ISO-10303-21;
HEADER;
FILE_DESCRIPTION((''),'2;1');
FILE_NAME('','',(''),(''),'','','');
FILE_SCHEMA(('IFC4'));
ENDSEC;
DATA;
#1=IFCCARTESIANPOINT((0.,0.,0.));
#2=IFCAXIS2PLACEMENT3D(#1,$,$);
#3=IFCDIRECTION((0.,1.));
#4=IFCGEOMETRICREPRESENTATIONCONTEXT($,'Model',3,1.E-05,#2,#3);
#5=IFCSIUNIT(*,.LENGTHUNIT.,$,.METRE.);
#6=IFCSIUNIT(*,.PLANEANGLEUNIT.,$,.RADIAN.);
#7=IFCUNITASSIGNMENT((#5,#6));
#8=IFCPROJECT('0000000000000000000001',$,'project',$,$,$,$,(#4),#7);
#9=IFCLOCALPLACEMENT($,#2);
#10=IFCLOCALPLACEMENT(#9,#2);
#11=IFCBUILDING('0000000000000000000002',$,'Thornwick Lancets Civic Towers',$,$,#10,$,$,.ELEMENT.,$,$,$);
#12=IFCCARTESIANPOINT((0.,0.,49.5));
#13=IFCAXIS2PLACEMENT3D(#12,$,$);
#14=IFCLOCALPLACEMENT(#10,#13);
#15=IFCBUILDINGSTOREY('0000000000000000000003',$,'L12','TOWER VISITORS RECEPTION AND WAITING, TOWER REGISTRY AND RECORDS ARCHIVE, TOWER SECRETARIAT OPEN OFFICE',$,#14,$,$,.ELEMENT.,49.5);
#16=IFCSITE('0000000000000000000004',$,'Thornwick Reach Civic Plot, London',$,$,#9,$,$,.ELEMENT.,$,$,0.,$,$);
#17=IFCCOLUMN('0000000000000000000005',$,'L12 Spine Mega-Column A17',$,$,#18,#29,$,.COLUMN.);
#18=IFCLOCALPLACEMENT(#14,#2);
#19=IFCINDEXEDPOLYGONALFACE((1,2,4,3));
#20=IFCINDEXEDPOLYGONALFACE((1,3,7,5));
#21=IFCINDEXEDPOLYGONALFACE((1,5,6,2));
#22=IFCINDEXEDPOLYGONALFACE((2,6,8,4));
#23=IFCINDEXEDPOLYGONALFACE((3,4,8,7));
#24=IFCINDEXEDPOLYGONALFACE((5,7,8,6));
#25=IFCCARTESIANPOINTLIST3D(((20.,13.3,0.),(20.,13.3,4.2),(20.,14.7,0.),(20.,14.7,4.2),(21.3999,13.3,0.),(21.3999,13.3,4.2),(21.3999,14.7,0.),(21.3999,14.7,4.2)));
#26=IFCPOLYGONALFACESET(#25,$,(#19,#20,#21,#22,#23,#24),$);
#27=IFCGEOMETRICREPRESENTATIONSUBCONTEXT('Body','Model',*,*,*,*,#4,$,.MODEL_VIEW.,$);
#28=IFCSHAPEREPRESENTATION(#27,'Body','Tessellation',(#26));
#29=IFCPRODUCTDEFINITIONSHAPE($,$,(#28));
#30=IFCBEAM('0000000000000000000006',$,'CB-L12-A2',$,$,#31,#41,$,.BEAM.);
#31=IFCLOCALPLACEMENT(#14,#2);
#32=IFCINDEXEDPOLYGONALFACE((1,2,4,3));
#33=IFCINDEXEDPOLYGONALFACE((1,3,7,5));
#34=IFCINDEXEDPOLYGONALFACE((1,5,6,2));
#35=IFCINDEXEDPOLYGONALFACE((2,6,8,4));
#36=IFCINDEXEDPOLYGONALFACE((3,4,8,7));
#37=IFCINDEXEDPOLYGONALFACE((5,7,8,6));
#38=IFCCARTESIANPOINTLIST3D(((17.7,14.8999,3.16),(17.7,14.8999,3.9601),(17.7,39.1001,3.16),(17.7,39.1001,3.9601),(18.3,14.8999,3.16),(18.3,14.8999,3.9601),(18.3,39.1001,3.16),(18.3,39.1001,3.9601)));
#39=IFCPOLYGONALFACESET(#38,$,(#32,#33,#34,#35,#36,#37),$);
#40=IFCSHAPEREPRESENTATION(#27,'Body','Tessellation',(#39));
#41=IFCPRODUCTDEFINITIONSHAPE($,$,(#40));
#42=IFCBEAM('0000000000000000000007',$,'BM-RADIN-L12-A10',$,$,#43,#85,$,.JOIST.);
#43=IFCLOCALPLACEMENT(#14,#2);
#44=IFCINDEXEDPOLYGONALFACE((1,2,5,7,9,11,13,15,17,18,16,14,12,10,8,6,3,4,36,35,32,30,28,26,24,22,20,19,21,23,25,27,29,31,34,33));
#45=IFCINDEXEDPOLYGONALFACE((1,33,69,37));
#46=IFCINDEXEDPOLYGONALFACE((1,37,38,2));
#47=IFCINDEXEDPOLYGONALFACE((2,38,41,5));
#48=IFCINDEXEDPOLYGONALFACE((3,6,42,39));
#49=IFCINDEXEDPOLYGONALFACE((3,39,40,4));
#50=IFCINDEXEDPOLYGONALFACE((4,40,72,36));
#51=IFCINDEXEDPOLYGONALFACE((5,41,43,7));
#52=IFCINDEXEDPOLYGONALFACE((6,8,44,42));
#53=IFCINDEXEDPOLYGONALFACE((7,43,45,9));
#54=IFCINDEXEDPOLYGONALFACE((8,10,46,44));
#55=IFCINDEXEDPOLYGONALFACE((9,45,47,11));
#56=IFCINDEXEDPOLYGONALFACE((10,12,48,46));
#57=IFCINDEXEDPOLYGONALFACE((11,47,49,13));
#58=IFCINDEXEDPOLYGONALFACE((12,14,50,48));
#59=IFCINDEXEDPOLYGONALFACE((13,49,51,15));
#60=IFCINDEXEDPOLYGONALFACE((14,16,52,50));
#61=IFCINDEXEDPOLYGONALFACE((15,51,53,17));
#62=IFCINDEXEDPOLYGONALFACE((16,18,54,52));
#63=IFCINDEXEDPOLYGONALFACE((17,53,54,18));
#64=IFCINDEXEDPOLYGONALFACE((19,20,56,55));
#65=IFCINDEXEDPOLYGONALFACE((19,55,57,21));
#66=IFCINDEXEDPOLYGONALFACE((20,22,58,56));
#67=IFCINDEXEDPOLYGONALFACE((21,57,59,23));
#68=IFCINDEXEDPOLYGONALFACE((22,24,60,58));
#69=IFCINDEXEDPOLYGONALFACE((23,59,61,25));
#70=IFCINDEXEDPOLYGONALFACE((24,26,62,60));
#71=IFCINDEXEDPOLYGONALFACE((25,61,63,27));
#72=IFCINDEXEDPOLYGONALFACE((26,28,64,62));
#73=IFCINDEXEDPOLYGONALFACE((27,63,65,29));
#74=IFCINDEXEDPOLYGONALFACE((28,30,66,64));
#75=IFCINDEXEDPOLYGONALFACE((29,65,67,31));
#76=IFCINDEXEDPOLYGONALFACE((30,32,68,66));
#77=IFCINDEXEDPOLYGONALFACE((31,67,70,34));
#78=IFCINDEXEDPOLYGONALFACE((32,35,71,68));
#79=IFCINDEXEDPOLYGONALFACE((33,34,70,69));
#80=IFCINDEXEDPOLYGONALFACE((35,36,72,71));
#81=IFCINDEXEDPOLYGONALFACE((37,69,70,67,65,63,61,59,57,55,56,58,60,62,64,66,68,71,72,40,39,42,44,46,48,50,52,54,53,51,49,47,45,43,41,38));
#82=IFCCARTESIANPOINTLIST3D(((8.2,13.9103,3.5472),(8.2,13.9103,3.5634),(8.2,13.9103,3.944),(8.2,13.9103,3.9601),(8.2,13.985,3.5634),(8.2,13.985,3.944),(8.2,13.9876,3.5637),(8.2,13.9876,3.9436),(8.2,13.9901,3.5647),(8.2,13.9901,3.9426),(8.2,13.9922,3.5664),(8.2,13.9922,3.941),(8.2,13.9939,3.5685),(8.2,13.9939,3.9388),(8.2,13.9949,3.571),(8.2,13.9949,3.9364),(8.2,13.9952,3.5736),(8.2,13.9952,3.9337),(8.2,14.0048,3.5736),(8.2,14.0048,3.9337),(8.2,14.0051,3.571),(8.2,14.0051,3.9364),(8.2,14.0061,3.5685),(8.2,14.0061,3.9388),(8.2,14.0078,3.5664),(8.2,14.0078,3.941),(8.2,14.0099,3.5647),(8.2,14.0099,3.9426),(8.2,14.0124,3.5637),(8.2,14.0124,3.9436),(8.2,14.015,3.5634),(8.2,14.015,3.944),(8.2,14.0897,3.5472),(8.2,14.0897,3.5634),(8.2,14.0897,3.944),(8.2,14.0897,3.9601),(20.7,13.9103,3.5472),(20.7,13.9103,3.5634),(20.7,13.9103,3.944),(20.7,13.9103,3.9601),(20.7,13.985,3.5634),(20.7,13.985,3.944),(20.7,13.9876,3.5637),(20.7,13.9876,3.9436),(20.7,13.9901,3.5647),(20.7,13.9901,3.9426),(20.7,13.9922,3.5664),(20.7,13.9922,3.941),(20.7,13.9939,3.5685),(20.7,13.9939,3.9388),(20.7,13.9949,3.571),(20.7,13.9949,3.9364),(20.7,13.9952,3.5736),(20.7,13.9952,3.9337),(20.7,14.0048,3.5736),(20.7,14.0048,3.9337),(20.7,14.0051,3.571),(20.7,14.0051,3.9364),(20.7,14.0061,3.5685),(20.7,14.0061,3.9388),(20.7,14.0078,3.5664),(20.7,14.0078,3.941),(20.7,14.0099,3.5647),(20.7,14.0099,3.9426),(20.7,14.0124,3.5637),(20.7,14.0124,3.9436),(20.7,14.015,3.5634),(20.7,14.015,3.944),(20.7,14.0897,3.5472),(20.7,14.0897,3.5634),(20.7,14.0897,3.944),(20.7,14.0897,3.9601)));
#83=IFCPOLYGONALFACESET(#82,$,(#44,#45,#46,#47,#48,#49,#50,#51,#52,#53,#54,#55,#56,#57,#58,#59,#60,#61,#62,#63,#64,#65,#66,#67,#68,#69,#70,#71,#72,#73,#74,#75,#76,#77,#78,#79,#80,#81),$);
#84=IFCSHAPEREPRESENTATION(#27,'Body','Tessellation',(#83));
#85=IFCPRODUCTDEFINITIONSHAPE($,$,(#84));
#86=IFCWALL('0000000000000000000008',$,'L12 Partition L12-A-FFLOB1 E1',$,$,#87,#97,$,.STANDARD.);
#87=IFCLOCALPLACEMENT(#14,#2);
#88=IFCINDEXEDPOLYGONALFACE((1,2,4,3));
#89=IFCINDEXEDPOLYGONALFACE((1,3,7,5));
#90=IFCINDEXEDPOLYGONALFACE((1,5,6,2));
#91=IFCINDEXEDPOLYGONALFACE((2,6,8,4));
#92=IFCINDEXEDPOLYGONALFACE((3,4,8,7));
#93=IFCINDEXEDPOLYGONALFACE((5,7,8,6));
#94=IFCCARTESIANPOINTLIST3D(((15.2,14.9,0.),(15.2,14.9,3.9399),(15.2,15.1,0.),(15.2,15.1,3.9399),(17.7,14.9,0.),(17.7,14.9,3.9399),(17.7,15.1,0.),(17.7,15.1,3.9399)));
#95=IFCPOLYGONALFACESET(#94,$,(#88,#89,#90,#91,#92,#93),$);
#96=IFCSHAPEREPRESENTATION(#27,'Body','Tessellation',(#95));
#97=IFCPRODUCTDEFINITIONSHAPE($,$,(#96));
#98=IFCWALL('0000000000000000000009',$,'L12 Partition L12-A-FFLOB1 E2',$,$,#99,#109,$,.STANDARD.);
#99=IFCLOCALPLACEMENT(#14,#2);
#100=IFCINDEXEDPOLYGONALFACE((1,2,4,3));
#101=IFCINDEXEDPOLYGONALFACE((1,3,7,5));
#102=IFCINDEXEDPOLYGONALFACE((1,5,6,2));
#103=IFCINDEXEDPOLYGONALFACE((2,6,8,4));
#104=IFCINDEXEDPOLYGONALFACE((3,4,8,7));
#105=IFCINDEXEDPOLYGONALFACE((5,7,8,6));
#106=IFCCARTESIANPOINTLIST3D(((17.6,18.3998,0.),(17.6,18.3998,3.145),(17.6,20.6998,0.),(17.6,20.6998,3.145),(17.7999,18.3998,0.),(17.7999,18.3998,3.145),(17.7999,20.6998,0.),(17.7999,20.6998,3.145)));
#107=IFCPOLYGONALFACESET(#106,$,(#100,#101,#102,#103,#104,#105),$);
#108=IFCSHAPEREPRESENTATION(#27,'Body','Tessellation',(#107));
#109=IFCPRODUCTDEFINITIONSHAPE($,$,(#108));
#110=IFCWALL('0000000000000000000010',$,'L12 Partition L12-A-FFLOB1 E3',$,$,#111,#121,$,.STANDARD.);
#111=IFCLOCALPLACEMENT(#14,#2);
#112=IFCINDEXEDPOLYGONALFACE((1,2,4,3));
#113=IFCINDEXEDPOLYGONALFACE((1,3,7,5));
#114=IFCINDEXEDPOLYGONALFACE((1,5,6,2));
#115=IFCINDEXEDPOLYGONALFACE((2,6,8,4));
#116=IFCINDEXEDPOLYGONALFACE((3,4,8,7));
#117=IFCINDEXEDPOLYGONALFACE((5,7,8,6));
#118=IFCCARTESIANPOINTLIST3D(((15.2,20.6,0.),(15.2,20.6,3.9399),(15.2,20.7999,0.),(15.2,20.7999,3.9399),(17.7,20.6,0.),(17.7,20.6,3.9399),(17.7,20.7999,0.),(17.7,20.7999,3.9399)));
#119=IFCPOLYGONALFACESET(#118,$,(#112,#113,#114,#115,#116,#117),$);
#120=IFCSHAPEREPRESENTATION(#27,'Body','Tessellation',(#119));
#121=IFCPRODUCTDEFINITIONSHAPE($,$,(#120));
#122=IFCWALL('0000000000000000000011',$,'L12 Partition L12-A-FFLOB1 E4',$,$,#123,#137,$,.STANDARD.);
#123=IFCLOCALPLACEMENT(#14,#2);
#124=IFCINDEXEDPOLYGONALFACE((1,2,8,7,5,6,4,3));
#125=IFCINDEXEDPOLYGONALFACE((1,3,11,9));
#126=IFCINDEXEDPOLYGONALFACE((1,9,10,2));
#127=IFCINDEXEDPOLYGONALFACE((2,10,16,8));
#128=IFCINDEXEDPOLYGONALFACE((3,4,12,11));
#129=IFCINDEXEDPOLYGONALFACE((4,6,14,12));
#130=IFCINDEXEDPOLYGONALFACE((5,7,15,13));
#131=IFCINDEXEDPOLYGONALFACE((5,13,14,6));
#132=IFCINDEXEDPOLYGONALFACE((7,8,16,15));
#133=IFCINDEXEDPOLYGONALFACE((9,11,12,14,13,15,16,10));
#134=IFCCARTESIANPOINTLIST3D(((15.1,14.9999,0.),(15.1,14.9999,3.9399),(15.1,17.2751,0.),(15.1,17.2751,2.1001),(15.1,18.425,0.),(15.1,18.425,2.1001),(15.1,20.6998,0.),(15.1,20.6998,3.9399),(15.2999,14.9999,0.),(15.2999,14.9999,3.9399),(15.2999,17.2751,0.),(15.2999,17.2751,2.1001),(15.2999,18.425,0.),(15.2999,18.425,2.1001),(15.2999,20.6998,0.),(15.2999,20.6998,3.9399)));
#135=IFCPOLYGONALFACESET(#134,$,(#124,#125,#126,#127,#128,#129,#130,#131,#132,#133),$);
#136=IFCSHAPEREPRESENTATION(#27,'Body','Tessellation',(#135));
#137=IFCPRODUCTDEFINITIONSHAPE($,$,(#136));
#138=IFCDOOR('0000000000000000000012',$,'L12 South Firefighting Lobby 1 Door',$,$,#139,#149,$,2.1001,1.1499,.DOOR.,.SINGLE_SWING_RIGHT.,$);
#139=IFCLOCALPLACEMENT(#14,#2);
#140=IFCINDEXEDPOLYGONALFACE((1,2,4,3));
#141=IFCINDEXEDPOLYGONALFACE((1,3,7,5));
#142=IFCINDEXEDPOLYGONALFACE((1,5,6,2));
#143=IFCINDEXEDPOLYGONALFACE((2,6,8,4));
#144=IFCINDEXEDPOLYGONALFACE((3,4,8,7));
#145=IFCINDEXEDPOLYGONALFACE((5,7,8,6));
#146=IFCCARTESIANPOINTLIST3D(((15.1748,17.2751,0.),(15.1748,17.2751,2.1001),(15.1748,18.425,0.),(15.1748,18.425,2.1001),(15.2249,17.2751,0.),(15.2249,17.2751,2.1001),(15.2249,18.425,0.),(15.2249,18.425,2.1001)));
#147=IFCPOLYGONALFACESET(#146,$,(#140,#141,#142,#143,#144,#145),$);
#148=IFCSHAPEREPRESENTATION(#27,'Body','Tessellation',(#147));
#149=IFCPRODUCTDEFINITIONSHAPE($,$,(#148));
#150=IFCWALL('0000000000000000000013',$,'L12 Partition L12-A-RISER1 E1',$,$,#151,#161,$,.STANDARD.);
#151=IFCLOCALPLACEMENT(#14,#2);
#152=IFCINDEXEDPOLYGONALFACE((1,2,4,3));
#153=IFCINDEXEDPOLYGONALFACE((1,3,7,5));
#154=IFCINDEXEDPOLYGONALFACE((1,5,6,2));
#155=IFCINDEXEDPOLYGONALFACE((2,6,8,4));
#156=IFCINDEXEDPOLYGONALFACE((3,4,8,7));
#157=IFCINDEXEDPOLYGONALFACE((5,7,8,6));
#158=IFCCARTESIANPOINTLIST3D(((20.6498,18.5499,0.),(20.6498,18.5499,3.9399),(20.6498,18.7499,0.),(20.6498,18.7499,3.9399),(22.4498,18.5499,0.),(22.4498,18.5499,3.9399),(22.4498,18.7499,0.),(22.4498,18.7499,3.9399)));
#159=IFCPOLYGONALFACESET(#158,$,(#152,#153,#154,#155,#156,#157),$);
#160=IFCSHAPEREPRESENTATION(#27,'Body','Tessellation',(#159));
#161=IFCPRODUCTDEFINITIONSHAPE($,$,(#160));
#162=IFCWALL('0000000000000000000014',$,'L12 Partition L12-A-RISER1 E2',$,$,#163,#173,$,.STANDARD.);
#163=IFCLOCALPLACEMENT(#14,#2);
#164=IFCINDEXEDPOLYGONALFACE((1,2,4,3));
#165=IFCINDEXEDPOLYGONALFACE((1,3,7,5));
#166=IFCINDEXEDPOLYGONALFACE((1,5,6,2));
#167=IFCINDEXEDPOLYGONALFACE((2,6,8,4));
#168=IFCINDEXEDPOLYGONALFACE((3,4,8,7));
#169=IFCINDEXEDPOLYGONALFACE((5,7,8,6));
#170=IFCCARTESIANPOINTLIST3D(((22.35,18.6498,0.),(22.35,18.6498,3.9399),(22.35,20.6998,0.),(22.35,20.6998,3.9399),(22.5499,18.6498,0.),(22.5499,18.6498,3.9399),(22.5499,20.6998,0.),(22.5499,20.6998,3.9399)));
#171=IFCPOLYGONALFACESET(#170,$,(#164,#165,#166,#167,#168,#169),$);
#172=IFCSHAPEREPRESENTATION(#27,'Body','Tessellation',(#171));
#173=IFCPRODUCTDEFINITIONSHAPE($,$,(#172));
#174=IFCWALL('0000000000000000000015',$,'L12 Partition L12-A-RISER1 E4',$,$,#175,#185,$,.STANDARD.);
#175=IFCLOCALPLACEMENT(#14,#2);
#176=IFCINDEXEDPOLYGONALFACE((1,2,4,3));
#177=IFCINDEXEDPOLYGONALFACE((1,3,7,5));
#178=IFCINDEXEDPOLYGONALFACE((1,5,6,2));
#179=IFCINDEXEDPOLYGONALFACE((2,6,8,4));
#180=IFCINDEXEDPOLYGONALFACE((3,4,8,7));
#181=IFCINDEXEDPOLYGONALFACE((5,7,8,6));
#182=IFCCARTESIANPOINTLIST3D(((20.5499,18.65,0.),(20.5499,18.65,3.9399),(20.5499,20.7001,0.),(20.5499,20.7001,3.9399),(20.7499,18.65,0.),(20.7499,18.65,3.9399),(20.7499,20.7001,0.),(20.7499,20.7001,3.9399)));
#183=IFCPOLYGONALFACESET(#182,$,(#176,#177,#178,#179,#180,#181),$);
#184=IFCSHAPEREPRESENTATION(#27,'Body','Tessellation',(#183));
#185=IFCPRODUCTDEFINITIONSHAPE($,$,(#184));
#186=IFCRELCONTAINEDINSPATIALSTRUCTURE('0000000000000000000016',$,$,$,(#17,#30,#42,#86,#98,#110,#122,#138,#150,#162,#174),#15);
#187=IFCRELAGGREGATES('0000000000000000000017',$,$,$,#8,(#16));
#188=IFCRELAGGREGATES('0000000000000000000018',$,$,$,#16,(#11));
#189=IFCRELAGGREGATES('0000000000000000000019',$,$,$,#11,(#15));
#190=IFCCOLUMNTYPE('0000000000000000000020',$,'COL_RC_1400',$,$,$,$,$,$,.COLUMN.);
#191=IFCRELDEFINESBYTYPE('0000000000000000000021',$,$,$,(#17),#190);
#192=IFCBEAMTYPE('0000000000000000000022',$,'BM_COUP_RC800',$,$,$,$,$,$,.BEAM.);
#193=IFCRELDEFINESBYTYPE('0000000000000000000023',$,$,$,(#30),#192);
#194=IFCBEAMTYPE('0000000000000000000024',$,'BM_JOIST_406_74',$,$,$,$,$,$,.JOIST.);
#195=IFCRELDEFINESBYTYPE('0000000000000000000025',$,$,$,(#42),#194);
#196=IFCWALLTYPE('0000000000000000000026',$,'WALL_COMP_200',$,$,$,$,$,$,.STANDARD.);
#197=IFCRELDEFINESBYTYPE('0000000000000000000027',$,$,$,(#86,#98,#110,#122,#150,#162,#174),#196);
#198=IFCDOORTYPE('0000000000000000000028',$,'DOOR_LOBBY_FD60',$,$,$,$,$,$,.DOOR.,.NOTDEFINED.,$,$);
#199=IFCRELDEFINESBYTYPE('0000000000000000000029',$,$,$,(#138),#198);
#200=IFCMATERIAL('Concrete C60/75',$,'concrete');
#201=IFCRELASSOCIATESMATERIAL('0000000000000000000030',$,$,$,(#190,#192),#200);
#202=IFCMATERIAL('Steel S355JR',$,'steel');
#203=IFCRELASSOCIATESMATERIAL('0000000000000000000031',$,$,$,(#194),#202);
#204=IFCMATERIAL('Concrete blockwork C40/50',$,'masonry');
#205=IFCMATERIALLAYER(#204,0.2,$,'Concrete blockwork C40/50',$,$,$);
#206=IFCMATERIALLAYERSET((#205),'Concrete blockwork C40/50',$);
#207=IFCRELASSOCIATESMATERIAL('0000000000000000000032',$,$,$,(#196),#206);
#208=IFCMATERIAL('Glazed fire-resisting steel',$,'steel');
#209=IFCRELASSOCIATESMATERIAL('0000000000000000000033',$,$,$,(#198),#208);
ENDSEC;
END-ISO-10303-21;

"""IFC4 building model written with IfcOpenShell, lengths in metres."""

from ifc_helpers import new_model, si_unit, direction, frame, frame_2d, origin, origin_2d, place, context, subcontext, project, spatial, rectangle, i_section, extrude, material, layer, layer_set, material_profile, profile_set, type_object, element, fill, save


model = new_model("IFC4")

# Units and contexts
model_context = context("Model", 3, precision=1e-05, world=origin(), true_north=direction((0.0, 1.0)))
body_context = subcontext(model_context, "Body", "Model", "MODEL_VIEW")
ifc_project = project(units=[si_unit("LENGTHUNIT", "METRE"), si_unit("PLANEANGLEUNIT", "RADIAN")], contexts=[model_context])

# Site, building, storey
site_placement = place(None, origin())
site = spatial("IfcSite", under=ifc_project, at=site_placement, Name="Thornwick Reach Civic Plot, London", CompositionType="ELEMENT", RefElevation=0.0)
building_placement = place(site_placement, origin())
building = spatial("IfcBuilding", under=site, at=building_placement, Name="Thornwick Lancets Civic Towers", CompositionType="ELEMENT")
storey_placement = place(building_placement, frame((0.0, 0.0, 49.5)))
storey = spatial("IfcBuildingStorey", under=building, at=storey_placement, Name="L12", Description="TOWER VISITORS RECEPTION AND WAITING, TOWER REGISTRY AND RECORDS ARCHIVE, TOWER SECRETARIAT OPEN OFFICE", CompositionType="ELEMENT", Elevation=49.5)

# Column
ifc_material_1 = material(Name="Concrete C60/75", Category="concrete")
ifc_material_profile_1 = material_profile(ifc_material_1, rectangle(XDim=1.3999, YDim=1.3999, at=origin_2d()), Name="RC 1400x1400")
ifc_profile_set_1 = profile_set([ifc_material_profile_1], Name="Concrete C60/75")
column_type = type_object("IfcColumnType", Name="COL_RC_1400", PredefinedType="COLUMN", material=ifc_profile_set_1)
column_placement = place(storey_placement, frame((20.7, 14.0, 0.0), z_axis=(0.0, 0.0, 1.0), x_axis=(1.0, 0.0, 0.0)))
element("IfcColumn", 1, at=column_placement, inside=storey, type_object=column_type, Name="L12 Spine Mega-Column A17", PredefinedType="COLUMN", context=body_context, shape_type="SweptSolid", body=[
    extrude(rectangle(XDim=1.3999, YDim=1.3999, at=origin_2d()), origin(), (0.0, 0.0, 1.0), 4.2),
])

# Beams
ifc_material_profile_2 = material_profile(ifc_material_1, rectangle(XDim=0.6001, YDim=0.8, at=origin_2d()), Name="RC 600x800")
ifc_profile_set_2 = profile_set([ifc_material_profile_2], Name="Concrete C60/75")
beam_type_1 = type_object("IfcBeamType", Name="BM_COUP_RC800", PredefinedType="BEAM", material=ifc_profile_set_2)
beam_1_placement = place(storey_placement, frame((18.0, 14.8999, 3.5601), z_axis=(0.0, 1.0, 0.0), x_axis=(-1.0, 0.0, 0.0)))
element("IfcBeam", 2, at=beam_1_placement, inside=storey, type_object=beam_type_1, Name="CB-L12-A2", PredefinedType="BEAM", context=body_context, shape_type="SweptSolid", body=[
    extrude(rectangle(XDim=0.6001, YDim=0.8, at=origin_2d()), origin(), (0.0, 0.0, 1.0), 24.2002),
])
ifc_material_2 = material(Name="Steel S355JR", Category="steel")
ifc_material_profile_3 = material_profile(ifc_material_2, i_section(OverallWidth=0.1794, OverallDepth=0.4128, WebThickness=0.0095, FlangeThickness=0.0161, FilletRadius=0.0103, at=origin_2d()), Name="UKB 406x178x74")
ifc_profile_set_3 = profile_set([ifc_material_profile_3], Name="Steel S355JR")
beam_type_2 = type_object("IfcBeamType", Name="BM_JOIST_406_74", PredefinedType="JOIST", material=ifc_profile_set_3)
beam_2_placement = place(storey_placement, frame((20.7, 14.0, 3.7537), z_axis=(-1.0, 0.0, 0.0), x_axis=(0.0, -1.0, 0.0)))
element("IfcBeam", 3, at=beam_2_placement, inside=storey, type_object=beam_type_2, Name="BM-RADIN-L12-A10", PredefinedType="JOIST", context=body_context, shape_type="SweptSolid", body=[
    extrude(i_section(OverallWidth=0.1794, OverallDepth=0.4128, WebThickness=0.0095, FlangeThickness=0.0161, FilletRadius=0.0103, at=origin_2d()), origin(), (0.0, 0.0, 1.0), 12.5),
])

# Walls
ifc_material_3 = material(Name="Concrete blockwork C40/50", Category="masonry")
ifc_layer_1 = layer(ifc_material_3, 0.2, Name="Concrete blockwork C40/50")
ifc_layer_set_1 = layer_set([ifc_layer_1], Name="Concrete blockwork C40/50")
wall_type_1 = type_object("IfcWallType", Name="WALL_COMP_200", PredefinedType="STANDARD", material=ifc_layer_set_1)
wall_1_placement = place(storey_placement, frame((15.2, 15.0, 0.0), z_axis=(0.0, 0.0, 1.0), x_axis=(1.0, 0.0, 0.0)))
element("IfcWall", 4, at=wall_1_placement, inside=storey, type_object=wall_type_1, Name="L12 Partition L12-A-FFLOB1 E1", PredefinedType="STANDARD", context=body_context, shape_type="SweptSolid", body=[
    extrude(rectangle(XDim=2.5, YDim=0.2, at=frame_2d((1.25, 0.0))), origin(), (0.0, 0.0, 1.0), 3.9399),
])
wall_2_placement = place(storey_placement, frame((17.7, 18.3999, 0.0), z_axis=(0.0, 0.0, 1.0), x_axis=(0.0, 1.0, 0.0)))
element("IfcWall", 5, at=wall_2_placement, inside=storey, type_object=wall_type_1, Name="L12 Partition L12-A-FFLOB1 E2", PredefinedType="STANDARD", context=body_context, shape_type="SweptSolid", body=[
    extrude(rectangle(XDim=2.3, YDim=0.2, at=frame_2d((1.1499, 0.0))), origin(), (0.0, 0.0, 1.0), 3.145),
])
wall_3_placement = place(storey_placement, frame((17.7, 20.7, 0.0), z_axis=(0.0, 0.0, 1.0), x_axis=(-1.0, 0.0, 0.0)))
element("IfcWall", 6, at=wall_3_placement, inside=storey, type_object=wall_type_1, Name="L12 Partition L12-A-FFLOB1 E3", PredefinedType="STANDARD", context=body_context, shape_type="SweptSolid", body=[
    extrude(rectangle(XDim=2.5, YDim=0.2, at=frame_2d((1.25, 0.0))), origin(), (0.0, 0.0, 1.0), 3.9399),
])

# Wall, opening, door
wall_4_placement = place(storey_placement, frame((15.2, 20.7, 0.0), z_axis=(0.0, 0.0, 1.0), x_axis=(0.0, -1.0, 0.0)))
wall_4 = element("IfcWall", 7, at=wall_4_placement, inside=storey, type_object=wall_type_1, Name="L12 Partition L12-A-FFLOB1 E4", PredefinedType="STANDARD", context=body_context, shape_type="SweptSolid", body=[
    extrude(rectangle(XDim=5.7, YDim=0.2, at=frame_2d((2.8501, 0.0))), origin(), (0.0, 0.0, 1.0), 3.9399),
])
opening_1_placement = place(wall_4_placement, frame((2.2749, 0.0, 0.0)))
opening_1 = element("IfcOpeningElement", 8, at=opening_1_placement, cuts=wall_4, PredefinedType="OPENING", context=body_context, shape_type="SweptSolid", body=[
    extrude(rectangle(XDim=1.1499, YDim=2.1001, at=frame_2d((0.575, 1.05))), frame((0.0, 0.1099, 0.0), z_axis=(0.0, -1.0, 0.0), x_axis=(1.0, 0.0, 0.0)), (0.0, 0.0, 1.0), 0.22),
])
ifc_material_4 = material(Name="Glazed fire-resisting steel", Category="steel")
door_type_1 = type_object("IfcDoorType", Name="DOOR_LOBBY_FD60", OperationType="NOTDEFINED", PredefinedType="DOOR", material=ifc_material_4)
door_1_placement = place(opening_1_placement, origin())
door_1 = element("IfcDoor", 9, at=door_1_placement, inside=storey, type_object=door_type_1, Name="L12 South Firefighting Lobby 1 Door", OperationType="SINGLE_SWING_RIGHT", OverallHeight=2.1001, OverallWidth=1.1499, PredefinedType="DOOR", context=body_context, shape_type="SweptSolid", body=[
    extrude(rectangle(XDim=1.1499, YDim=2.1001, at=frame_2d((0.575, 1.05))), frame((0.0, 0.0249, 0.0), z_axis=(0.0, -1.0, 0.0), x_axis=(1.0, 0.0, 0.0)), (0.0, 0.0, 1.0), 0.05),
])
fill(opening_1, door_1)

# Walls
wall_5_placement = place(storey_placement, frame((20.6499, 18.6499, 0.0), z_axis=(0.0, 0.0, 1.0), x_axis=(1.0, 0.0, 0.0)))
element("IfcWall", 10, at=wall_5_placement, inside=storey, type_object=wall_type_1, Name="L12 Partition L12-A-RISER1 E1", PredefinedType="STANDARD", context=body_context, shape_type="SweptSolid", body=[
    extrude(rectangle(XDim=1.8, YDim=0.2, at=frame_2d((0.8999, 0.0))), origin(), (0.0, 0.0, 1.0), 3.9399),
])
for number, where, z_axis, x_axis, name in (
    (11, (22.45, 18.6499, 0.0), (0.0, 0.0, 1.0), (0.0, 1.0, 0.0), "L12 Partition L12-A-RISER1 E2"),
    (12, (20.6499, 20.7, 0.0), (0.0, 0.0, 1.0), (0.0, -1.0, 0.0), "L12 Partition L12-A-RISER1 E4"),
):
    element("IfcWall", number, at=place(storey_placement, frame(where, z_axis=z_axis, x_axis=x_axis)), inside=storey, type_object=wall_type_1, Name=name, PredefinedType="STANDARD", context=body_context, shape_type="SweptSolid", body=[
        extrude(rectangle(XDim=2.05, YDim=0.2, at=frame_2d((1.0249, 0.0))), origin(), (0.0, 0.0, 1.0), 3.9399),
    ])

save(model, "model.ifc")
